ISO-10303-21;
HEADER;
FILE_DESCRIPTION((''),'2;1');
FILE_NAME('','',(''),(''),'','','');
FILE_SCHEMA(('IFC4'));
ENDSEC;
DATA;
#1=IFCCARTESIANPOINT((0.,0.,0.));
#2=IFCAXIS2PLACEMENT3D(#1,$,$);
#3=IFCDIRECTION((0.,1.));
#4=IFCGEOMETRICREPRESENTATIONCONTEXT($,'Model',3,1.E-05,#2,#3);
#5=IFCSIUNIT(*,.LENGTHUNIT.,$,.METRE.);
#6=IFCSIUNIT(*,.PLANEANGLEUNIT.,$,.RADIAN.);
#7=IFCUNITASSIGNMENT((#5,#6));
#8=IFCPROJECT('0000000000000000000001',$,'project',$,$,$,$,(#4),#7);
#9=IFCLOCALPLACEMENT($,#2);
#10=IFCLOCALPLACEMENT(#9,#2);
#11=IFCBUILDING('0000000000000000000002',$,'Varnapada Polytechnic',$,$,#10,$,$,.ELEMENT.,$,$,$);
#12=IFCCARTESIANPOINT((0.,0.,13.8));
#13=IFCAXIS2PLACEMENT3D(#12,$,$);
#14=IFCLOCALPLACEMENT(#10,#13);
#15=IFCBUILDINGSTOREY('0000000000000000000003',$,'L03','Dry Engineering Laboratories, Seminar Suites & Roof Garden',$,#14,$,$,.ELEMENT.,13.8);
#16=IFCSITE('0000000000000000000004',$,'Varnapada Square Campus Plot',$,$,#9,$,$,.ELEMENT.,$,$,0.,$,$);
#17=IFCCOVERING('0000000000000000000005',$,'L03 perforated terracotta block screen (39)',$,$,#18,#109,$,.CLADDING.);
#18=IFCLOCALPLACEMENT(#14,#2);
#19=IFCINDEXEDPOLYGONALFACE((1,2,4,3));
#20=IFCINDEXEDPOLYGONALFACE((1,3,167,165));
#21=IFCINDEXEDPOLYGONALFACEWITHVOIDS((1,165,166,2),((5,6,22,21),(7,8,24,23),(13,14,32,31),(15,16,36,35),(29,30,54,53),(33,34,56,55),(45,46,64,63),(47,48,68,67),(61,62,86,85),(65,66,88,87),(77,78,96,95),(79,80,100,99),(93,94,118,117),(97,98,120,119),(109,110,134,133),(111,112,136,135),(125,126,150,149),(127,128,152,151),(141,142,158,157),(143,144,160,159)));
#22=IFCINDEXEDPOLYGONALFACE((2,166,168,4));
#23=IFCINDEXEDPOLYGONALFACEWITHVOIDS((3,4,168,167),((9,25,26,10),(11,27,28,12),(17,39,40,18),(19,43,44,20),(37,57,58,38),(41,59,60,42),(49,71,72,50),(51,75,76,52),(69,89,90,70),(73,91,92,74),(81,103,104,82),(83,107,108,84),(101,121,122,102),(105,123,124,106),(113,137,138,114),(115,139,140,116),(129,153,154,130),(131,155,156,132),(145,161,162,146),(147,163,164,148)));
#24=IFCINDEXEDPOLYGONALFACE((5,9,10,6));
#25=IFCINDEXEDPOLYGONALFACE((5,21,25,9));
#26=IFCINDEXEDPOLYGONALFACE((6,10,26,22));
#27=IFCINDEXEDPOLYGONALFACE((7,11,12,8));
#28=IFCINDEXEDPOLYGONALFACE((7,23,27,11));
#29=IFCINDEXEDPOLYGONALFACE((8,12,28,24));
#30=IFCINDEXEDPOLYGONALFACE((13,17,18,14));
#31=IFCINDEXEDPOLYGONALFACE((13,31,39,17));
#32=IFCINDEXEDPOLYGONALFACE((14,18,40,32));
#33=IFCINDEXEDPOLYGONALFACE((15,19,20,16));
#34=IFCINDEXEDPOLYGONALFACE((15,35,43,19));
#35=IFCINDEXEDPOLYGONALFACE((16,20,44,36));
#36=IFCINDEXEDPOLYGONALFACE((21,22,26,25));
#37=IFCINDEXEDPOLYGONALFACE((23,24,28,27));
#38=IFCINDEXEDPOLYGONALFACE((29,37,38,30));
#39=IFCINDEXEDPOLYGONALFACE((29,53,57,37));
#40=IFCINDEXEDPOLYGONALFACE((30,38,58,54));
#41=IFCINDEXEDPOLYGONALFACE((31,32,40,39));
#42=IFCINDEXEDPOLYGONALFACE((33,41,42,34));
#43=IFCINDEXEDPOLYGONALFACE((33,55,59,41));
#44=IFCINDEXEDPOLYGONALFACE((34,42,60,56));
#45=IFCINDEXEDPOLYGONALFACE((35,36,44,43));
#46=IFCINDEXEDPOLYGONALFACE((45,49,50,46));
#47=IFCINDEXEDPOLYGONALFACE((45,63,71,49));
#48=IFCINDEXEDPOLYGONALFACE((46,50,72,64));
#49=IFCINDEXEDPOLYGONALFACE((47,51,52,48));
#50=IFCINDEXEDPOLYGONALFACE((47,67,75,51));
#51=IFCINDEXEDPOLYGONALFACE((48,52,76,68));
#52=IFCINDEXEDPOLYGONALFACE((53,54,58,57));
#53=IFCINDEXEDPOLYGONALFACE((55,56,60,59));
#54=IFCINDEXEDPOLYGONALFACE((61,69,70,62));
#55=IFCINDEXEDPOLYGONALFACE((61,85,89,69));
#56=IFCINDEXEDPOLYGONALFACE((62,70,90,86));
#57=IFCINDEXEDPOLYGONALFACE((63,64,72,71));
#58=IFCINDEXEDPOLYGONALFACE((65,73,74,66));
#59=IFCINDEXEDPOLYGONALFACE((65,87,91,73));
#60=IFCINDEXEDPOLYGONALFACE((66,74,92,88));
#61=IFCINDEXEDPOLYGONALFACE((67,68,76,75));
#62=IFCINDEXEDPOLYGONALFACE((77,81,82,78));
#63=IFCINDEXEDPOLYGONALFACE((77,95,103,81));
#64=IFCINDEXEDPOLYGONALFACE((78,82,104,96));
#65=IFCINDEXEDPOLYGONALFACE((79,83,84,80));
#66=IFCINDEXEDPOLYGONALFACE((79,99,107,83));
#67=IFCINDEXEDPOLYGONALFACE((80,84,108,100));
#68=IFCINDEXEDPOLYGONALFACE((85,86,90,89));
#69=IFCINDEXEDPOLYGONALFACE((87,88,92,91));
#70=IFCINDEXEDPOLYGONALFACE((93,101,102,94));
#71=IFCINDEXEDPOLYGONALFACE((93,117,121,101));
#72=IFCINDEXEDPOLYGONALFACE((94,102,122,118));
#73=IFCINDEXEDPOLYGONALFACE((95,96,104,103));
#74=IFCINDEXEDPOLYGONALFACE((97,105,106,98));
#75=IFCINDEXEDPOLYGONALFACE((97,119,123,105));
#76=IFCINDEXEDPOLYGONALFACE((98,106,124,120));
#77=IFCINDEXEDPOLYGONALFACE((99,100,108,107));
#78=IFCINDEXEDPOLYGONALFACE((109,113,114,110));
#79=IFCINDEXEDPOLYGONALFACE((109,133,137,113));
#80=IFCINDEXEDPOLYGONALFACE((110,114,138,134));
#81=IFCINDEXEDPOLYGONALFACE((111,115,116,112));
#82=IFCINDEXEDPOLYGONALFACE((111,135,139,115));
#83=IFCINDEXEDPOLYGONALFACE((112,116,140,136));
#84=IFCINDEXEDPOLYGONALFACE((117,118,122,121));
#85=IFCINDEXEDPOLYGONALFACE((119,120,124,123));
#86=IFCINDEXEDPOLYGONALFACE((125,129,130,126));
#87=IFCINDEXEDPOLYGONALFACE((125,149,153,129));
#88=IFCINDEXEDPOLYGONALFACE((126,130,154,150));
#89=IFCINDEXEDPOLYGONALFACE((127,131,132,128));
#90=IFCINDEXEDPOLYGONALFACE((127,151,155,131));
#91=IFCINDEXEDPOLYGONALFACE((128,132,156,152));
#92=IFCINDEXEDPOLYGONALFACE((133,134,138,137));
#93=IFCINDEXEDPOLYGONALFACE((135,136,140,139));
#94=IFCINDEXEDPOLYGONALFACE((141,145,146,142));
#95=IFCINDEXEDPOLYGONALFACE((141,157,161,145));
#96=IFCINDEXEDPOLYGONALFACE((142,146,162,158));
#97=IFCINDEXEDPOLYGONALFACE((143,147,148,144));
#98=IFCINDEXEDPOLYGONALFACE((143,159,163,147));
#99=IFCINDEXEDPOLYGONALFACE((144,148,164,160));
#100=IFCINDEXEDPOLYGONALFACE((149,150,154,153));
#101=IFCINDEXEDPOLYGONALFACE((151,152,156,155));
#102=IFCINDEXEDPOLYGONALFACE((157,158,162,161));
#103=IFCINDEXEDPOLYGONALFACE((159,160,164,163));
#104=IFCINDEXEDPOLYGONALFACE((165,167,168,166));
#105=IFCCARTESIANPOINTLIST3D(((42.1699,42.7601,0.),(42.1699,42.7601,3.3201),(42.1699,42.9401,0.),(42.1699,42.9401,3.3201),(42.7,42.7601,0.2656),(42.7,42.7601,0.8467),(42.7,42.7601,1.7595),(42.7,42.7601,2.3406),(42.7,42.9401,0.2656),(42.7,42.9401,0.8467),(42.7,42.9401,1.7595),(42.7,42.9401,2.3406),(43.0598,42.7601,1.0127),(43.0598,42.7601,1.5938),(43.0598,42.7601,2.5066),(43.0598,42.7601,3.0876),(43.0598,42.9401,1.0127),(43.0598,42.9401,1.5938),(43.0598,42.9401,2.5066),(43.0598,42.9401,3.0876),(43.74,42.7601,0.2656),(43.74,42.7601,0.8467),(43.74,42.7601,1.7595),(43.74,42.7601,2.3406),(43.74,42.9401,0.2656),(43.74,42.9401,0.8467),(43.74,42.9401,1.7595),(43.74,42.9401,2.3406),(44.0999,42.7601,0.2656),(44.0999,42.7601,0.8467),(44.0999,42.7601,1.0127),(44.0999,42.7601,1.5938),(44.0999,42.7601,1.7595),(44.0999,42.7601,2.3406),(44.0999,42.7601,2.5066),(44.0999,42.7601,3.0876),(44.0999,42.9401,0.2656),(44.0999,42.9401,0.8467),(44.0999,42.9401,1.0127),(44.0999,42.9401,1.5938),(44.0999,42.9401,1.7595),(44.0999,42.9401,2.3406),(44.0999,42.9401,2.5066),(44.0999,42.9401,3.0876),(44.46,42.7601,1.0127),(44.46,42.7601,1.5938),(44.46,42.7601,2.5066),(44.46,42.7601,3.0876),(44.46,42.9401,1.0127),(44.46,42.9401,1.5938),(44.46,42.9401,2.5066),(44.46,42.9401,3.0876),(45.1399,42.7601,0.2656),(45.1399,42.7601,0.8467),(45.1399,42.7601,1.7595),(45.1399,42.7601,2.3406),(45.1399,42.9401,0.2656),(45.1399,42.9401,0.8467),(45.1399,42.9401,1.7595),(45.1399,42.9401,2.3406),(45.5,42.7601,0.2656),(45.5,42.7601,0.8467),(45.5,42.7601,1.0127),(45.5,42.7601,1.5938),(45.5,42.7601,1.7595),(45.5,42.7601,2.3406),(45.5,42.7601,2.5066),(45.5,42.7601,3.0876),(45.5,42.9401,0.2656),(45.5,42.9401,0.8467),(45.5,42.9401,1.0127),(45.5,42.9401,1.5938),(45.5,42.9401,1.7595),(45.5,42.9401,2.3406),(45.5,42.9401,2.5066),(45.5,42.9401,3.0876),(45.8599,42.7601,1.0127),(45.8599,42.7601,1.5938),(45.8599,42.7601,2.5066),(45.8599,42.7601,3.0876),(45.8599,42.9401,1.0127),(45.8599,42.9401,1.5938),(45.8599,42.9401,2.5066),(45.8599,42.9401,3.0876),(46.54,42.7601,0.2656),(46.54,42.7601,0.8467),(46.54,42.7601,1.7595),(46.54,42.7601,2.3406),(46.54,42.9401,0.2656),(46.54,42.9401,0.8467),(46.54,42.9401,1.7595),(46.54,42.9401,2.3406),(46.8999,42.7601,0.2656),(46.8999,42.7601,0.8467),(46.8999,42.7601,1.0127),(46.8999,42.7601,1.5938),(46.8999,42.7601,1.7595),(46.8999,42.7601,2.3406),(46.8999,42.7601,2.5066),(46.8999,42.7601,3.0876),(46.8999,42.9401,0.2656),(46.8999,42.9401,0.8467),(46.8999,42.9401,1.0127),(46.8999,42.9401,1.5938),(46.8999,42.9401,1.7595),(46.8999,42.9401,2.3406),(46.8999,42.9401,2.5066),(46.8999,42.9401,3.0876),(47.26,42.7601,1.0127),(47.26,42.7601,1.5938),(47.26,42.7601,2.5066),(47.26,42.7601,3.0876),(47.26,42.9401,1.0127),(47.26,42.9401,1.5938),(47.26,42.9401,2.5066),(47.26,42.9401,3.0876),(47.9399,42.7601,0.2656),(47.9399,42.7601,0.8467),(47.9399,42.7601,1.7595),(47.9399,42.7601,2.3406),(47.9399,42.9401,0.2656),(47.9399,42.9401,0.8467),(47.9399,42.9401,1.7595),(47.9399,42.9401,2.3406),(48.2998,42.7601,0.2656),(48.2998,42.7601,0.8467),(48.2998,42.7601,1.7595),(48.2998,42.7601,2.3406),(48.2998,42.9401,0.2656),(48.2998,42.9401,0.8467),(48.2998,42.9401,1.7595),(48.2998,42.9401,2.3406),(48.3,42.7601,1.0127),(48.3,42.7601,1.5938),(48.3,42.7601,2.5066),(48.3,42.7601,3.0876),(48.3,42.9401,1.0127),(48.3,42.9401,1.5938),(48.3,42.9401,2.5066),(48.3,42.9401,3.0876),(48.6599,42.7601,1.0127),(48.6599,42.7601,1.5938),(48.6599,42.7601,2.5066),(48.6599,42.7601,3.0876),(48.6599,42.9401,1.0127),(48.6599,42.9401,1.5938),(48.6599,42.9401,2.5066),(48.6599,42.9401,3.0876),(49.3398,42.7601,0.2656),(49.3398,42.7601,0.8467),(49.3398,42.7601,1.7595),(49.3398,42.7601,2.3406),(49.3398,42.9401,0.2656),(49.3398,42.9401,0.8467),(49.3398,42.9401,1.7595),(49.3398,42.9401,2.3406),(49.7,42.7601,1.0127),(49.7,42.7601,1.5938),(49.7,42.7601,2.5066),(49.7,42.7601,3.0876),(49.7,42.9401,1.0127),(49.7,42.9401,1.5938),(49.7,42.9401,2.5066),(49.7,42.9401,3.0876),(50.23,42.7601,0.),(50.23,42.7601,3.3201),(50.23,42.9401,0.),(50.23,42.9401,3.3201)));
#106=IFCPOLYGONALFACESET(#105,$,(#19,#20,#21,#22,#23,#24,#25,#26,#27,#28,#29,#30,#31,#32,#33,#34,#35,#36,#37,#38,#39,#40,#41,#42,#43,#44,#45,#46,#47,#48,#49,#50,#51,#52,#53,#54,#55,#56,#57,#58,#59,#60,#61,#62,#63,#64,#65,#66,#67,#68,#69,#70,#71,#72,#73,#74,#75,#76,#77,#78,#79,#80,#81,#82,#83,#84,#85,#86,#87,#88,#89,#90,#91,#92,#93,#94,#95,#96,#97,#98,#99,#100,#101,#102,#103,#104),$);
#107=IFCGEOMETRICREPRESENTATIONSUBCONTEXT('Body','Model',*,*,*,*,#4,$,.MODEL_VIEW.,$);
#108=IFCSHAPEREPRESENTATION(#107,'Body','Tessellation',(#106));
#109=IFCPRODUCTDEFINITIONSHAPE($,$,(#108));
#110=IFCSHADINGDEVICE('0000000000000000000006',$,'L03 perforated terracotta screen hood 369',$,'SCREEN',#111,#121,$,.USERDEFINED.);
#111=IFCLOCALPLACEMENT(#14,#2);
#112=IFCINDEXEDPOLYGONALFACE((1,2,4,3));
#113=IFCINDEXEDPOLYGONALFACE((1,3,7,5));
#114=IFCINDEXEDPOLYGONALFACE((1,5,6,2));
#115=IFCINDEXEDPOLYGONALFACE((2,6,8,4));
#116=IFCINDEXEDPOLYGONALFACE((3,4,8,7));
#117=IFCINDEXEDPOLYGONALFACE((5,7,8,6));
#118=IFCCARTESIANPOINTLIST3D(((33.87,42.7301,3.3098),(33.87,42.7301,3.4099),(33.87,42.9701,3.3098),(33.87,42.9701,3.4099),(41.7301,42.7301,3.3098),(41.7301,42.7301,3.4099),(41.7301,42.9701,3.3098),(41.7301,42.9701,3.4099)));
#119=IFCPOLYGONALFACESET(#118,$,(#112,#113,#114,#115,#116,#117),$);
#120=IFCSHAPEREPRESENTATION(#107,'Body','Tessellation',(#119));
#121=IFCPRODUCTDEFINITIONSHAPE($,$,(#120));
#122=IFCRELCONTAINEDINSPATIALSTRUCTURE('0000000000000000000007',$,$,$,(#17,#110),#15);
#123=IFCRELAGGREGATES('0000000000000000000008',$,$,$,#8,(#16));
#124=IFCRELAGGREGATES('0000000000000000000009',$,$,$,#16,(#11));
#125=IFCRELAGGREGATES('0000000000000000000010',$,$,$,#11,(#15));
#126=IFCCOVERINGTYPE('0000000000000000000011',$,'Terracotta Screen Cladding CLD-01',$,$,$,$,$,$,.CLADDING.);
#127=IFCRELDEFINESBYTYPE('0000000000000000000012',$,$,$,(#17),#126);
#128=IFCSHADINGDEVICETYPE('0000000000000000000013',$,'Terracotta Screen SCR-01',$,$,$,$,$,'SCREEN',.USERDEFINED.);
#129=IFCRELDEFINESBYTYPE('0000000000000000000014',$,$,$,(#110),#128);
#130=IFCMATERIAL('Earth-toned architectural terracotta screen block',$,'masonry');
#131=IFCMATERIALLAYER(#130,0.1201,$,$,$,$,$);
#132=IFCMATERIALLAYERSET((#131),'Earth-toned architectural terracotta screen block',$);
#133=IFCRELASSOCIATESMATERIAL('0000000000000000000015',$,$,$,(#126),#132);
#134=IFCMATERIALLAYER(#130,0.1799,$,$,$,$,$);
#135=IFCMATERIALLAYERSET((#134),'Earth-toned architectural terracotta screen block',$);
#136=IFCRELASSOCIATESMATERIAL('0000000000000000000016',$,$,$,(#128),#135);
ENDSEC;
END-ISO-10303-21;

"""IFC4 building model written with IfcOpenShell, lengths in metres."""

from ifc_helpers import new_model, si_unit, direction, frame, frame_2d, origin, origin_2d, place, context, subcontext, project, spatial, rectangle, extrude, material, layer, layer_set, type_object, element, save


model = new_model("IFC4")

# Units and contexts
model_context = context("Model", 3, precision=1e-05, world=origin(), true_north=direction((0.0, 1.0)))
body_context = subcontext(model_context, "Body", "Model", "MODEL_VIEW")
ifc_project = project(units=[si_unit("LENGTHUNIT", "METRE"), si_unit("PLANEANGLEUNIT", "RADIAN")], contexts=[model_context])

# Site, building, storey
site_placement = place(None, origin())
site = spatial("IfcSite", under=ifc_project, at=site_placement, Name="Varnapada Square Campus Plot", CompositionType="ELEMENT", RefElevation=0.0)
building_placement = place(site_placement, origin())
building = spatial("IfcBuilding", under=site, at=building_placement, Name="Varnapada Polytechnic", CompositionType="ELEMENT")
storey_placement = place(building_placement, frame((0.0, 0.0, 13.8)))
storey = spatial("IfcBuildingStorey", under=building, at=storey_placement, Name="L03", Description="Dry Engineering Laboratories, Seminar Suites & Roof Garden", CompositionType="ELEMENT", Elevation=13.8)

# Covering, openings
ifc_material_1 = material(Name="Earth-toned architectural terracotta screen block", Category="masonry")
ifc_layer_1 = layer(ifc_material_1, 0.1201)
ifc_layer_set_1 = layer_set([ifc_layer_1], Name="Earth-toned architectural terracotta screen block")
covering_type_1 = type_object("IfcCoveringType", Name="Terracotta Screen Cladding CLD-01", PredefinedType="CLADDING", material=ifc_layer_set_1)
covering_1_placement = place(storey_placement, frame((42.1699, 42.8501, 0.0), z_axis=(0.0, 0.0, 1.0), x_axis=(1.0, 0.0, 0.0)))
covering_1 = element("IfcCovering", 1, at=covering_1_placement, inside=storey, type_object=covering_type_1, Name="L03 perforated terracotta block screen (39)", PredefinedType="CLADDING", context=body_context, shape_type="SweptSolid", body=[
    extrude(rectangle(XDim=8.0601, YDim=0.1799, at=frame_2d((4.03, 0.0))), origin(), (0.0, 0.0, 1.0), 3.3201),
])
opening_1_placement = place(covering_1_placement, frame((0.53, 0.0, 0.2656)))
element("IfcOpeningElement", 2, at=opening_1_placement, cuts=covering_1, PredefinedType="OPENING", context=body_context, shape_type="SweptSolid", body=[
    extrude(rectangle(XDim=1.04, YDim=0.5811, at=frame_2d((0.52, 0.2905))), frame((0.0, 0.0999, 0.0), z_axis=(0.0, -1.0, 0.0), x_axis=(1.0, 0.0, 0.0)), (0.0, 0.0, 1.0), 0.2),
])
opening_2_placement = place(covering_1_placement, frame((1.9299, 0.0, 0.2656)))
element("IfcOpeningElement", 3, at=opening_2_placement, cuts=covering_1, PredefinedType="OPENING", context=body_context, shape_type="SweptSolid", body=[
    extrude(rectangle(XDim=1.04, YDim=0.5811, at=frame_2d((0.52, 0.2905))), frame((0.0, 0.0999, 0.0), z_axis=(0.0, -1.0, 0.0), x_axis=(1.0, 0.0, 0.0)), (0.0, 0.0, 1.0), 0.2),
])
opening_3_placement = place(covering_1_placement, frame((3.3301, 0.0, 0.2656)))
element("IfcOpeningElement", 4, at=opening_3_placement, cuts=covering_1, PredefinedType="OPENING", context=body_context, shape_type="SweptSolid", body=[
    extrude(rectangle(XDim=1.04, YDim=0.5811, at=frame_2d((0.52, 0.2905))), frame((0.0, 0.0999, 0.0), z_axis=(0.0, -1.0, 0.0), x_axis=(1.0, 0.0, 0.0)), (0.0, 0.0, 1.0), 0.2),
])
opening_4_placement = place(covering_1_placement, frame((4.73, 0.0, 0.2656)))
element("IfcOpeningElement", 5, at=opening_4_placement, cuts=covering_1, PredefinedType="OPENING", context=body_context, shape_type="SweptSolid", body=[
    extrude(rectangle(XDim=1.04, YDim=0.5811, at=frame_2d((0.52, 0.2905))), frame((0.0, 0.0999, 0.0), z_axis=(0.0, -1.0, 0.0), x_axis=(1.0, 0.0, 0.0)), (0.0, 0.0, 1.0), 0.2),
])
opening_5_placement = place(covering_1_placement, frame((6.1299, 0.0, 0.2656)))
element("IfcOpeningElement", 6, at=opening_5_placement, cuts=covering_1, PredefinedType="OPENING", context=body_context, shape_type="SweptSolid", body=[
    extrude(rectangle(XDim=1.04, YDim=0.5811, at=frame_2d((0.52, 0.2905))), frame((0.0, 0.0999, 0.0), z_axis=(0.0, -1.0, 0.0), x_axis=(1.0, 0.0, 0.0)), (0.0, 0.0, 1.0), 0.2),
])
opening_6_placement = place(covering_1_placement, frame((0.8899, 0.0, 1.0127)))
element("IfcOpeningElement", 7, at=opening_6_placement, cuts=covering_1, PredefinedType="OPENING", context=body_context, shape_type="SweptSolid", body=[
    extrude(rectangle(XDim=1.04, YDim=0.5811, at=frame_2d((0.52, 0.2905))), frame((0.0, 0.0999, 0.0), z_axis=(0.0, -1.0, 0.0), x_axis=(1.0, 0.0, 0.0)), (0.0, 0.0, 1.0), 0.2),
])
opening_7_placement = place(covering_1_placement, frame((2.29, 0.0, 1.0127)))
element("IfcOpeningElement", 8, at=opening_7_placement, cuts=covering_1, PredefinedType="OPENING", context=body_context, shape_type="SweptSolid", body=[
    extrude(rectangle(XDim=1.04, YDim=0.5811, at=frame_2d((0.52, 0.2905))), frame((0.0, 0.0999, 0.0), z_axis=(0.0, -1.0, 0.0), x_axis=(1.0, 0.0, 0.0)), (0.0, 0.0, 1.0), 0.2),
])
opening_8_placement = place(covering_1_placement, frame((3.6899, 0.0, 1.0127)))
element("IfcOpeningElement", 9, at=opening_8_placement, cuts=covering_1, PredefinedType="OPENING", context=body_context, shape_type="SweptSolid", body=[
    extrude(rectangle(XDim=1.04, YDim=0.5811, at=frame_2d((0.52, 0.2905))), frame((0.0, 0.0999, 0.0), z_axis=(0.0, -1.0, 0.0), x_axis=(1.0, 0.0, 0.0)), (0.0, 0.0, 1.0), 0.2),
])
opening_9_placement = place(covering_1_placement, frame((5.0901, 0.0, 1.0127)))
element("IfcOpeningElement", 10, at=opening_9_placement, cuts=covering_1, PredefinedType="OPENING", context=body_context, shape_type="SweptSolid", body=[
    extrude(rectangle(XDim=1.04, YDim=0.5811, at=frame_2d((0.52, 0.2905))), frame((0.0, 0.0999, 0.0), z_axis=(0.0, -1.0, 0.0), x_axis=(1.0, 0.0, 0.0)), (0.0, 0.0, 1.0), 0.2),
])
opening_10_placement = place(covering_1_placement, frame((6.49, 0.0, 1.0127)))
element("IfcOpeningElement", 11, at=opening_10_placement, cuts=covering_1, PredefinedType="OPENING", context=body_context, shape_type="SweptSolid", body=[
    extrude(rectangle(XDim=1.04, YDim=0.5811, at=frame_2d((0.52, 0.2905))), frame((0.0, 0.0999, 0.0), z_axis=(0.0, -1.0, 0.0), x_axis=(1.0, 0.0, 0.0)), (0.0, 0.0, 1.0), 0.2),
])
opening_11_placement = place(covering_1_placement, frame((0.53, 0.0, 1.7595)))
element("IfcOpeningElement", 12, at=opening_11_placement, cuts=covering_1, PredefinedType="OPENING", context=body_context, shape_type="SweptSolid", body=[
    extrude(rectangle(XDim=1.04, YDim=0.5811, at=frame_2d((0.52, 0.2905))), frame((0.0, 0.0999, 0.0), z_axis=(0.0, -1.0, 0.0), x_axis=(1.0, 0.0, 0.0)), (0.0, 0.0, 1.0), 0.2),
])
opening_12_placement = place(covering_1_placement, frame((1.9299, 0.0, 1.7595)))
element("IfcOpeningElement", 13, at=opening_12_placement, cuts=covering_1, PredefinedType="OPENING", context=body_context, shape_type="SweptSolid", body=[
    extrude(rectangle(XDim=1.04, YDim=0.5811, at=frame_2d((0.52, 0.2905))), frame((0.0, 0.0999, 0.0), z_axis=(0.0, -1.0, 0.0), x_axis=(1.0, 0.0, 0.0)), (0.0, 0.0, 1.0), 0.2),
])
opening_13_placement = place(covering_1_placement, frame((3.3301, 0.0, 1.7595)))
element("IfcOpeningElement", 14, at=opening_13_placement, cuts=covering_1, PredefinedType="OPENING", context=body_context, shape_type="SweptSolid", body=[
    extrude(rectangle(XDim=1.04, YDim=0.5811, at=frame_2d((0.52, 0.2905))), frame((0.0, 0.0999, 0.0), z_axis=(0.0, -1.0, 0.0), x_axis=(1.0, 0.0, 0.0)), (0.0, 0.0, 1.0), 0.2),
])
opening_14_placement = place(covering_1_placement, frame((4.73, 0.0, 1.7595)))
element("IfcOpeningElement", 15, at=opening_14_placement, cuts=covering_1, PredefinedType="OPENING", context=body_context, shape_type="SweptSolid", body=[
    extrude(rectangle(XDim=1.04, YDim=0.5811, at=frame_2d((0.52, 0.2905))), frame((0.0, 0.0999, 0.0), z_axis=(0.0, -1.0, 0.0), x_axis=(1.0, 0.0, 0.0)), (0.0, 0.0, 1.0), 0.2),
])
opening_15_placement = place(covering_1_placement, frame((6.1299, 0.0, 1.7595)))
element("IfcOpeningElement", 16, at=opening_15_placement, cuts=covering_1, PredefinedType="OPENING", context=body_context, shape_type="SweptSolid", body=[
    extrude(rectangle(XDim=1.04, YDim=0.5811, at=frame_2d((0.52, 0.2905))), frame((0.0, 0.0999, 0.0), z_axis=(0.0, -1.0, 0.0), x_axis=(1.0, 0.0, 0.0)), (0.0, 0.0, 1.0), 0.2),
])
opening_16_placement = place(covering_1_placement, frame((0.8899, 0.0, 2.5066)))
element("IfcOpeningElement", 17, at=opening_16_placement, cuts=covering_1, PredefinedType="OPENING", context=body_context, shape_type="SweptSolid", body=[
    extrude(rectangle(XDim=1.04, YDim=0.5811, at=frame_2d((0.52, 0.2905))), frame((0.0, 0.0999, 0.0), z_axis=(0.0, -1.0, 0.0), x_axis=(1.0, 0.0, 0.0)), (0.0, 0.0, 1.0), 0.2),
])
opening_17_placement = place(covering_1_placement, frame((2.29, 0.0, 2.5066)))
element("IfcOpeningElement", 18, at=opening_17_placement, cuts=covering_1, PredefinedType="OPENING", context=body_context, shape_type="SweptSolid", body=[
    extrude(rectangle(XDim=1.04, YDim=0.5811, at=frame_2d((0.52, 0.2905))), frame((0.0, 0.0999, 0.0), z_axis=(0.0, -1.0, 0.0), x_axis=(1.0, 0.0, 0.0)), (0.0, 0.0, 1.0), 0.2),
])
opening_18_placement = place(covering_1_placement, frame((3.6899, 0.0, 2.5066)))
element("IfcOpeningElement", 19, at=opening_18_placement, cuts=covering_1, PredefinedType="OPENING", context=body_context, shape_type="SweptSolid", body=[
    extrude(rectangle(XDim=1.04, YDim=0.5811, at=frame_2d((0.52, 0.2905))), frame((0.0, 0.0999, 0.0), z_axis=(0.0, -1.0, 0.0), x_axis=(1.0, 0.0, 0.0)), (0.0, 0.0, 1.0), 0.2),
])
opening_19_placement = place(covering_1_placement, frame((5.0901, 0.0, 2.5066)))
element("IfcOpeningElement", 20, at=opening_19_placement, cuts=covering_1, PredefinedType="OPENING", context=body_context, shape_type="SweptSolid", body=[
    extrude(rectangle(XDim=1.04, YDim=0.5811, at=frame_2d((0.52, 0.2905))), frame((0.0, 0.0999, 0.0), z_axis=(0.0, -1.0, 0.0), x_axis=(1.0, 0.0, 0.0)), (0.0, 0.0, 1.0), 0.2),
])
opening_20_placement = place(covering_1_placement, frame((6.49, 0.0, 2.5066)))
element("IfcOpeningElement", 21, at=opening_20_placement, cuts=covering_1, PredefinedType="OPENING", context=body_context, shape_type="SweptSolid", body=[
    extrude(rectangle(XDim=1.04, YDim=0.5811, at=frame_2d((0.52, 0.2905))), frame((0.0, 0.0999, 0.0), z_axis=(0.0, -1.0, 0.0), x_axis=(1.0, 0.0, 0.0)), (0.0, 0.0, 1.0), 0.2),
])

# Shading device
ifc_layer_2 = layer(ifc_material_1, 0.1799)
ifc_layer_set_2 = layer_set([ifc_layer_2], Name="Earth-toned architectural terracotta screen block")
shading_device_type_1 = type_object("IfcShadingDeviceType", Name="Terracotta Screen SCR-01", ElementType="SCREEN", PredefinedType="USERDEFINED", material=ifc_layer_set_2)
shading_device_1_placement = place(storey_placement, frame((37.8, 42.8501, 3.3098), z_axis=(0.0, 0.0, 1.0), x_axis=(1.0, 0.0, 0.0)))
element("IfcShadingDevice", 22, at=shading_device_1_placement, inside=storey, type_object=shading_device_type_1, Name="L03 perforated terracotta screen hood 369", ObjectType="SCREEN", PredefinedType="USERDEFINED", context=body_context, shape_type="SweptSolid", body=[
    extrude(rectangle(XDim=7.8601, YDim=0.24, at=origin_2d()), origin(), (0.0, 0.0, 1.0), 0.1001),
])

save(model, "model.ifc")
